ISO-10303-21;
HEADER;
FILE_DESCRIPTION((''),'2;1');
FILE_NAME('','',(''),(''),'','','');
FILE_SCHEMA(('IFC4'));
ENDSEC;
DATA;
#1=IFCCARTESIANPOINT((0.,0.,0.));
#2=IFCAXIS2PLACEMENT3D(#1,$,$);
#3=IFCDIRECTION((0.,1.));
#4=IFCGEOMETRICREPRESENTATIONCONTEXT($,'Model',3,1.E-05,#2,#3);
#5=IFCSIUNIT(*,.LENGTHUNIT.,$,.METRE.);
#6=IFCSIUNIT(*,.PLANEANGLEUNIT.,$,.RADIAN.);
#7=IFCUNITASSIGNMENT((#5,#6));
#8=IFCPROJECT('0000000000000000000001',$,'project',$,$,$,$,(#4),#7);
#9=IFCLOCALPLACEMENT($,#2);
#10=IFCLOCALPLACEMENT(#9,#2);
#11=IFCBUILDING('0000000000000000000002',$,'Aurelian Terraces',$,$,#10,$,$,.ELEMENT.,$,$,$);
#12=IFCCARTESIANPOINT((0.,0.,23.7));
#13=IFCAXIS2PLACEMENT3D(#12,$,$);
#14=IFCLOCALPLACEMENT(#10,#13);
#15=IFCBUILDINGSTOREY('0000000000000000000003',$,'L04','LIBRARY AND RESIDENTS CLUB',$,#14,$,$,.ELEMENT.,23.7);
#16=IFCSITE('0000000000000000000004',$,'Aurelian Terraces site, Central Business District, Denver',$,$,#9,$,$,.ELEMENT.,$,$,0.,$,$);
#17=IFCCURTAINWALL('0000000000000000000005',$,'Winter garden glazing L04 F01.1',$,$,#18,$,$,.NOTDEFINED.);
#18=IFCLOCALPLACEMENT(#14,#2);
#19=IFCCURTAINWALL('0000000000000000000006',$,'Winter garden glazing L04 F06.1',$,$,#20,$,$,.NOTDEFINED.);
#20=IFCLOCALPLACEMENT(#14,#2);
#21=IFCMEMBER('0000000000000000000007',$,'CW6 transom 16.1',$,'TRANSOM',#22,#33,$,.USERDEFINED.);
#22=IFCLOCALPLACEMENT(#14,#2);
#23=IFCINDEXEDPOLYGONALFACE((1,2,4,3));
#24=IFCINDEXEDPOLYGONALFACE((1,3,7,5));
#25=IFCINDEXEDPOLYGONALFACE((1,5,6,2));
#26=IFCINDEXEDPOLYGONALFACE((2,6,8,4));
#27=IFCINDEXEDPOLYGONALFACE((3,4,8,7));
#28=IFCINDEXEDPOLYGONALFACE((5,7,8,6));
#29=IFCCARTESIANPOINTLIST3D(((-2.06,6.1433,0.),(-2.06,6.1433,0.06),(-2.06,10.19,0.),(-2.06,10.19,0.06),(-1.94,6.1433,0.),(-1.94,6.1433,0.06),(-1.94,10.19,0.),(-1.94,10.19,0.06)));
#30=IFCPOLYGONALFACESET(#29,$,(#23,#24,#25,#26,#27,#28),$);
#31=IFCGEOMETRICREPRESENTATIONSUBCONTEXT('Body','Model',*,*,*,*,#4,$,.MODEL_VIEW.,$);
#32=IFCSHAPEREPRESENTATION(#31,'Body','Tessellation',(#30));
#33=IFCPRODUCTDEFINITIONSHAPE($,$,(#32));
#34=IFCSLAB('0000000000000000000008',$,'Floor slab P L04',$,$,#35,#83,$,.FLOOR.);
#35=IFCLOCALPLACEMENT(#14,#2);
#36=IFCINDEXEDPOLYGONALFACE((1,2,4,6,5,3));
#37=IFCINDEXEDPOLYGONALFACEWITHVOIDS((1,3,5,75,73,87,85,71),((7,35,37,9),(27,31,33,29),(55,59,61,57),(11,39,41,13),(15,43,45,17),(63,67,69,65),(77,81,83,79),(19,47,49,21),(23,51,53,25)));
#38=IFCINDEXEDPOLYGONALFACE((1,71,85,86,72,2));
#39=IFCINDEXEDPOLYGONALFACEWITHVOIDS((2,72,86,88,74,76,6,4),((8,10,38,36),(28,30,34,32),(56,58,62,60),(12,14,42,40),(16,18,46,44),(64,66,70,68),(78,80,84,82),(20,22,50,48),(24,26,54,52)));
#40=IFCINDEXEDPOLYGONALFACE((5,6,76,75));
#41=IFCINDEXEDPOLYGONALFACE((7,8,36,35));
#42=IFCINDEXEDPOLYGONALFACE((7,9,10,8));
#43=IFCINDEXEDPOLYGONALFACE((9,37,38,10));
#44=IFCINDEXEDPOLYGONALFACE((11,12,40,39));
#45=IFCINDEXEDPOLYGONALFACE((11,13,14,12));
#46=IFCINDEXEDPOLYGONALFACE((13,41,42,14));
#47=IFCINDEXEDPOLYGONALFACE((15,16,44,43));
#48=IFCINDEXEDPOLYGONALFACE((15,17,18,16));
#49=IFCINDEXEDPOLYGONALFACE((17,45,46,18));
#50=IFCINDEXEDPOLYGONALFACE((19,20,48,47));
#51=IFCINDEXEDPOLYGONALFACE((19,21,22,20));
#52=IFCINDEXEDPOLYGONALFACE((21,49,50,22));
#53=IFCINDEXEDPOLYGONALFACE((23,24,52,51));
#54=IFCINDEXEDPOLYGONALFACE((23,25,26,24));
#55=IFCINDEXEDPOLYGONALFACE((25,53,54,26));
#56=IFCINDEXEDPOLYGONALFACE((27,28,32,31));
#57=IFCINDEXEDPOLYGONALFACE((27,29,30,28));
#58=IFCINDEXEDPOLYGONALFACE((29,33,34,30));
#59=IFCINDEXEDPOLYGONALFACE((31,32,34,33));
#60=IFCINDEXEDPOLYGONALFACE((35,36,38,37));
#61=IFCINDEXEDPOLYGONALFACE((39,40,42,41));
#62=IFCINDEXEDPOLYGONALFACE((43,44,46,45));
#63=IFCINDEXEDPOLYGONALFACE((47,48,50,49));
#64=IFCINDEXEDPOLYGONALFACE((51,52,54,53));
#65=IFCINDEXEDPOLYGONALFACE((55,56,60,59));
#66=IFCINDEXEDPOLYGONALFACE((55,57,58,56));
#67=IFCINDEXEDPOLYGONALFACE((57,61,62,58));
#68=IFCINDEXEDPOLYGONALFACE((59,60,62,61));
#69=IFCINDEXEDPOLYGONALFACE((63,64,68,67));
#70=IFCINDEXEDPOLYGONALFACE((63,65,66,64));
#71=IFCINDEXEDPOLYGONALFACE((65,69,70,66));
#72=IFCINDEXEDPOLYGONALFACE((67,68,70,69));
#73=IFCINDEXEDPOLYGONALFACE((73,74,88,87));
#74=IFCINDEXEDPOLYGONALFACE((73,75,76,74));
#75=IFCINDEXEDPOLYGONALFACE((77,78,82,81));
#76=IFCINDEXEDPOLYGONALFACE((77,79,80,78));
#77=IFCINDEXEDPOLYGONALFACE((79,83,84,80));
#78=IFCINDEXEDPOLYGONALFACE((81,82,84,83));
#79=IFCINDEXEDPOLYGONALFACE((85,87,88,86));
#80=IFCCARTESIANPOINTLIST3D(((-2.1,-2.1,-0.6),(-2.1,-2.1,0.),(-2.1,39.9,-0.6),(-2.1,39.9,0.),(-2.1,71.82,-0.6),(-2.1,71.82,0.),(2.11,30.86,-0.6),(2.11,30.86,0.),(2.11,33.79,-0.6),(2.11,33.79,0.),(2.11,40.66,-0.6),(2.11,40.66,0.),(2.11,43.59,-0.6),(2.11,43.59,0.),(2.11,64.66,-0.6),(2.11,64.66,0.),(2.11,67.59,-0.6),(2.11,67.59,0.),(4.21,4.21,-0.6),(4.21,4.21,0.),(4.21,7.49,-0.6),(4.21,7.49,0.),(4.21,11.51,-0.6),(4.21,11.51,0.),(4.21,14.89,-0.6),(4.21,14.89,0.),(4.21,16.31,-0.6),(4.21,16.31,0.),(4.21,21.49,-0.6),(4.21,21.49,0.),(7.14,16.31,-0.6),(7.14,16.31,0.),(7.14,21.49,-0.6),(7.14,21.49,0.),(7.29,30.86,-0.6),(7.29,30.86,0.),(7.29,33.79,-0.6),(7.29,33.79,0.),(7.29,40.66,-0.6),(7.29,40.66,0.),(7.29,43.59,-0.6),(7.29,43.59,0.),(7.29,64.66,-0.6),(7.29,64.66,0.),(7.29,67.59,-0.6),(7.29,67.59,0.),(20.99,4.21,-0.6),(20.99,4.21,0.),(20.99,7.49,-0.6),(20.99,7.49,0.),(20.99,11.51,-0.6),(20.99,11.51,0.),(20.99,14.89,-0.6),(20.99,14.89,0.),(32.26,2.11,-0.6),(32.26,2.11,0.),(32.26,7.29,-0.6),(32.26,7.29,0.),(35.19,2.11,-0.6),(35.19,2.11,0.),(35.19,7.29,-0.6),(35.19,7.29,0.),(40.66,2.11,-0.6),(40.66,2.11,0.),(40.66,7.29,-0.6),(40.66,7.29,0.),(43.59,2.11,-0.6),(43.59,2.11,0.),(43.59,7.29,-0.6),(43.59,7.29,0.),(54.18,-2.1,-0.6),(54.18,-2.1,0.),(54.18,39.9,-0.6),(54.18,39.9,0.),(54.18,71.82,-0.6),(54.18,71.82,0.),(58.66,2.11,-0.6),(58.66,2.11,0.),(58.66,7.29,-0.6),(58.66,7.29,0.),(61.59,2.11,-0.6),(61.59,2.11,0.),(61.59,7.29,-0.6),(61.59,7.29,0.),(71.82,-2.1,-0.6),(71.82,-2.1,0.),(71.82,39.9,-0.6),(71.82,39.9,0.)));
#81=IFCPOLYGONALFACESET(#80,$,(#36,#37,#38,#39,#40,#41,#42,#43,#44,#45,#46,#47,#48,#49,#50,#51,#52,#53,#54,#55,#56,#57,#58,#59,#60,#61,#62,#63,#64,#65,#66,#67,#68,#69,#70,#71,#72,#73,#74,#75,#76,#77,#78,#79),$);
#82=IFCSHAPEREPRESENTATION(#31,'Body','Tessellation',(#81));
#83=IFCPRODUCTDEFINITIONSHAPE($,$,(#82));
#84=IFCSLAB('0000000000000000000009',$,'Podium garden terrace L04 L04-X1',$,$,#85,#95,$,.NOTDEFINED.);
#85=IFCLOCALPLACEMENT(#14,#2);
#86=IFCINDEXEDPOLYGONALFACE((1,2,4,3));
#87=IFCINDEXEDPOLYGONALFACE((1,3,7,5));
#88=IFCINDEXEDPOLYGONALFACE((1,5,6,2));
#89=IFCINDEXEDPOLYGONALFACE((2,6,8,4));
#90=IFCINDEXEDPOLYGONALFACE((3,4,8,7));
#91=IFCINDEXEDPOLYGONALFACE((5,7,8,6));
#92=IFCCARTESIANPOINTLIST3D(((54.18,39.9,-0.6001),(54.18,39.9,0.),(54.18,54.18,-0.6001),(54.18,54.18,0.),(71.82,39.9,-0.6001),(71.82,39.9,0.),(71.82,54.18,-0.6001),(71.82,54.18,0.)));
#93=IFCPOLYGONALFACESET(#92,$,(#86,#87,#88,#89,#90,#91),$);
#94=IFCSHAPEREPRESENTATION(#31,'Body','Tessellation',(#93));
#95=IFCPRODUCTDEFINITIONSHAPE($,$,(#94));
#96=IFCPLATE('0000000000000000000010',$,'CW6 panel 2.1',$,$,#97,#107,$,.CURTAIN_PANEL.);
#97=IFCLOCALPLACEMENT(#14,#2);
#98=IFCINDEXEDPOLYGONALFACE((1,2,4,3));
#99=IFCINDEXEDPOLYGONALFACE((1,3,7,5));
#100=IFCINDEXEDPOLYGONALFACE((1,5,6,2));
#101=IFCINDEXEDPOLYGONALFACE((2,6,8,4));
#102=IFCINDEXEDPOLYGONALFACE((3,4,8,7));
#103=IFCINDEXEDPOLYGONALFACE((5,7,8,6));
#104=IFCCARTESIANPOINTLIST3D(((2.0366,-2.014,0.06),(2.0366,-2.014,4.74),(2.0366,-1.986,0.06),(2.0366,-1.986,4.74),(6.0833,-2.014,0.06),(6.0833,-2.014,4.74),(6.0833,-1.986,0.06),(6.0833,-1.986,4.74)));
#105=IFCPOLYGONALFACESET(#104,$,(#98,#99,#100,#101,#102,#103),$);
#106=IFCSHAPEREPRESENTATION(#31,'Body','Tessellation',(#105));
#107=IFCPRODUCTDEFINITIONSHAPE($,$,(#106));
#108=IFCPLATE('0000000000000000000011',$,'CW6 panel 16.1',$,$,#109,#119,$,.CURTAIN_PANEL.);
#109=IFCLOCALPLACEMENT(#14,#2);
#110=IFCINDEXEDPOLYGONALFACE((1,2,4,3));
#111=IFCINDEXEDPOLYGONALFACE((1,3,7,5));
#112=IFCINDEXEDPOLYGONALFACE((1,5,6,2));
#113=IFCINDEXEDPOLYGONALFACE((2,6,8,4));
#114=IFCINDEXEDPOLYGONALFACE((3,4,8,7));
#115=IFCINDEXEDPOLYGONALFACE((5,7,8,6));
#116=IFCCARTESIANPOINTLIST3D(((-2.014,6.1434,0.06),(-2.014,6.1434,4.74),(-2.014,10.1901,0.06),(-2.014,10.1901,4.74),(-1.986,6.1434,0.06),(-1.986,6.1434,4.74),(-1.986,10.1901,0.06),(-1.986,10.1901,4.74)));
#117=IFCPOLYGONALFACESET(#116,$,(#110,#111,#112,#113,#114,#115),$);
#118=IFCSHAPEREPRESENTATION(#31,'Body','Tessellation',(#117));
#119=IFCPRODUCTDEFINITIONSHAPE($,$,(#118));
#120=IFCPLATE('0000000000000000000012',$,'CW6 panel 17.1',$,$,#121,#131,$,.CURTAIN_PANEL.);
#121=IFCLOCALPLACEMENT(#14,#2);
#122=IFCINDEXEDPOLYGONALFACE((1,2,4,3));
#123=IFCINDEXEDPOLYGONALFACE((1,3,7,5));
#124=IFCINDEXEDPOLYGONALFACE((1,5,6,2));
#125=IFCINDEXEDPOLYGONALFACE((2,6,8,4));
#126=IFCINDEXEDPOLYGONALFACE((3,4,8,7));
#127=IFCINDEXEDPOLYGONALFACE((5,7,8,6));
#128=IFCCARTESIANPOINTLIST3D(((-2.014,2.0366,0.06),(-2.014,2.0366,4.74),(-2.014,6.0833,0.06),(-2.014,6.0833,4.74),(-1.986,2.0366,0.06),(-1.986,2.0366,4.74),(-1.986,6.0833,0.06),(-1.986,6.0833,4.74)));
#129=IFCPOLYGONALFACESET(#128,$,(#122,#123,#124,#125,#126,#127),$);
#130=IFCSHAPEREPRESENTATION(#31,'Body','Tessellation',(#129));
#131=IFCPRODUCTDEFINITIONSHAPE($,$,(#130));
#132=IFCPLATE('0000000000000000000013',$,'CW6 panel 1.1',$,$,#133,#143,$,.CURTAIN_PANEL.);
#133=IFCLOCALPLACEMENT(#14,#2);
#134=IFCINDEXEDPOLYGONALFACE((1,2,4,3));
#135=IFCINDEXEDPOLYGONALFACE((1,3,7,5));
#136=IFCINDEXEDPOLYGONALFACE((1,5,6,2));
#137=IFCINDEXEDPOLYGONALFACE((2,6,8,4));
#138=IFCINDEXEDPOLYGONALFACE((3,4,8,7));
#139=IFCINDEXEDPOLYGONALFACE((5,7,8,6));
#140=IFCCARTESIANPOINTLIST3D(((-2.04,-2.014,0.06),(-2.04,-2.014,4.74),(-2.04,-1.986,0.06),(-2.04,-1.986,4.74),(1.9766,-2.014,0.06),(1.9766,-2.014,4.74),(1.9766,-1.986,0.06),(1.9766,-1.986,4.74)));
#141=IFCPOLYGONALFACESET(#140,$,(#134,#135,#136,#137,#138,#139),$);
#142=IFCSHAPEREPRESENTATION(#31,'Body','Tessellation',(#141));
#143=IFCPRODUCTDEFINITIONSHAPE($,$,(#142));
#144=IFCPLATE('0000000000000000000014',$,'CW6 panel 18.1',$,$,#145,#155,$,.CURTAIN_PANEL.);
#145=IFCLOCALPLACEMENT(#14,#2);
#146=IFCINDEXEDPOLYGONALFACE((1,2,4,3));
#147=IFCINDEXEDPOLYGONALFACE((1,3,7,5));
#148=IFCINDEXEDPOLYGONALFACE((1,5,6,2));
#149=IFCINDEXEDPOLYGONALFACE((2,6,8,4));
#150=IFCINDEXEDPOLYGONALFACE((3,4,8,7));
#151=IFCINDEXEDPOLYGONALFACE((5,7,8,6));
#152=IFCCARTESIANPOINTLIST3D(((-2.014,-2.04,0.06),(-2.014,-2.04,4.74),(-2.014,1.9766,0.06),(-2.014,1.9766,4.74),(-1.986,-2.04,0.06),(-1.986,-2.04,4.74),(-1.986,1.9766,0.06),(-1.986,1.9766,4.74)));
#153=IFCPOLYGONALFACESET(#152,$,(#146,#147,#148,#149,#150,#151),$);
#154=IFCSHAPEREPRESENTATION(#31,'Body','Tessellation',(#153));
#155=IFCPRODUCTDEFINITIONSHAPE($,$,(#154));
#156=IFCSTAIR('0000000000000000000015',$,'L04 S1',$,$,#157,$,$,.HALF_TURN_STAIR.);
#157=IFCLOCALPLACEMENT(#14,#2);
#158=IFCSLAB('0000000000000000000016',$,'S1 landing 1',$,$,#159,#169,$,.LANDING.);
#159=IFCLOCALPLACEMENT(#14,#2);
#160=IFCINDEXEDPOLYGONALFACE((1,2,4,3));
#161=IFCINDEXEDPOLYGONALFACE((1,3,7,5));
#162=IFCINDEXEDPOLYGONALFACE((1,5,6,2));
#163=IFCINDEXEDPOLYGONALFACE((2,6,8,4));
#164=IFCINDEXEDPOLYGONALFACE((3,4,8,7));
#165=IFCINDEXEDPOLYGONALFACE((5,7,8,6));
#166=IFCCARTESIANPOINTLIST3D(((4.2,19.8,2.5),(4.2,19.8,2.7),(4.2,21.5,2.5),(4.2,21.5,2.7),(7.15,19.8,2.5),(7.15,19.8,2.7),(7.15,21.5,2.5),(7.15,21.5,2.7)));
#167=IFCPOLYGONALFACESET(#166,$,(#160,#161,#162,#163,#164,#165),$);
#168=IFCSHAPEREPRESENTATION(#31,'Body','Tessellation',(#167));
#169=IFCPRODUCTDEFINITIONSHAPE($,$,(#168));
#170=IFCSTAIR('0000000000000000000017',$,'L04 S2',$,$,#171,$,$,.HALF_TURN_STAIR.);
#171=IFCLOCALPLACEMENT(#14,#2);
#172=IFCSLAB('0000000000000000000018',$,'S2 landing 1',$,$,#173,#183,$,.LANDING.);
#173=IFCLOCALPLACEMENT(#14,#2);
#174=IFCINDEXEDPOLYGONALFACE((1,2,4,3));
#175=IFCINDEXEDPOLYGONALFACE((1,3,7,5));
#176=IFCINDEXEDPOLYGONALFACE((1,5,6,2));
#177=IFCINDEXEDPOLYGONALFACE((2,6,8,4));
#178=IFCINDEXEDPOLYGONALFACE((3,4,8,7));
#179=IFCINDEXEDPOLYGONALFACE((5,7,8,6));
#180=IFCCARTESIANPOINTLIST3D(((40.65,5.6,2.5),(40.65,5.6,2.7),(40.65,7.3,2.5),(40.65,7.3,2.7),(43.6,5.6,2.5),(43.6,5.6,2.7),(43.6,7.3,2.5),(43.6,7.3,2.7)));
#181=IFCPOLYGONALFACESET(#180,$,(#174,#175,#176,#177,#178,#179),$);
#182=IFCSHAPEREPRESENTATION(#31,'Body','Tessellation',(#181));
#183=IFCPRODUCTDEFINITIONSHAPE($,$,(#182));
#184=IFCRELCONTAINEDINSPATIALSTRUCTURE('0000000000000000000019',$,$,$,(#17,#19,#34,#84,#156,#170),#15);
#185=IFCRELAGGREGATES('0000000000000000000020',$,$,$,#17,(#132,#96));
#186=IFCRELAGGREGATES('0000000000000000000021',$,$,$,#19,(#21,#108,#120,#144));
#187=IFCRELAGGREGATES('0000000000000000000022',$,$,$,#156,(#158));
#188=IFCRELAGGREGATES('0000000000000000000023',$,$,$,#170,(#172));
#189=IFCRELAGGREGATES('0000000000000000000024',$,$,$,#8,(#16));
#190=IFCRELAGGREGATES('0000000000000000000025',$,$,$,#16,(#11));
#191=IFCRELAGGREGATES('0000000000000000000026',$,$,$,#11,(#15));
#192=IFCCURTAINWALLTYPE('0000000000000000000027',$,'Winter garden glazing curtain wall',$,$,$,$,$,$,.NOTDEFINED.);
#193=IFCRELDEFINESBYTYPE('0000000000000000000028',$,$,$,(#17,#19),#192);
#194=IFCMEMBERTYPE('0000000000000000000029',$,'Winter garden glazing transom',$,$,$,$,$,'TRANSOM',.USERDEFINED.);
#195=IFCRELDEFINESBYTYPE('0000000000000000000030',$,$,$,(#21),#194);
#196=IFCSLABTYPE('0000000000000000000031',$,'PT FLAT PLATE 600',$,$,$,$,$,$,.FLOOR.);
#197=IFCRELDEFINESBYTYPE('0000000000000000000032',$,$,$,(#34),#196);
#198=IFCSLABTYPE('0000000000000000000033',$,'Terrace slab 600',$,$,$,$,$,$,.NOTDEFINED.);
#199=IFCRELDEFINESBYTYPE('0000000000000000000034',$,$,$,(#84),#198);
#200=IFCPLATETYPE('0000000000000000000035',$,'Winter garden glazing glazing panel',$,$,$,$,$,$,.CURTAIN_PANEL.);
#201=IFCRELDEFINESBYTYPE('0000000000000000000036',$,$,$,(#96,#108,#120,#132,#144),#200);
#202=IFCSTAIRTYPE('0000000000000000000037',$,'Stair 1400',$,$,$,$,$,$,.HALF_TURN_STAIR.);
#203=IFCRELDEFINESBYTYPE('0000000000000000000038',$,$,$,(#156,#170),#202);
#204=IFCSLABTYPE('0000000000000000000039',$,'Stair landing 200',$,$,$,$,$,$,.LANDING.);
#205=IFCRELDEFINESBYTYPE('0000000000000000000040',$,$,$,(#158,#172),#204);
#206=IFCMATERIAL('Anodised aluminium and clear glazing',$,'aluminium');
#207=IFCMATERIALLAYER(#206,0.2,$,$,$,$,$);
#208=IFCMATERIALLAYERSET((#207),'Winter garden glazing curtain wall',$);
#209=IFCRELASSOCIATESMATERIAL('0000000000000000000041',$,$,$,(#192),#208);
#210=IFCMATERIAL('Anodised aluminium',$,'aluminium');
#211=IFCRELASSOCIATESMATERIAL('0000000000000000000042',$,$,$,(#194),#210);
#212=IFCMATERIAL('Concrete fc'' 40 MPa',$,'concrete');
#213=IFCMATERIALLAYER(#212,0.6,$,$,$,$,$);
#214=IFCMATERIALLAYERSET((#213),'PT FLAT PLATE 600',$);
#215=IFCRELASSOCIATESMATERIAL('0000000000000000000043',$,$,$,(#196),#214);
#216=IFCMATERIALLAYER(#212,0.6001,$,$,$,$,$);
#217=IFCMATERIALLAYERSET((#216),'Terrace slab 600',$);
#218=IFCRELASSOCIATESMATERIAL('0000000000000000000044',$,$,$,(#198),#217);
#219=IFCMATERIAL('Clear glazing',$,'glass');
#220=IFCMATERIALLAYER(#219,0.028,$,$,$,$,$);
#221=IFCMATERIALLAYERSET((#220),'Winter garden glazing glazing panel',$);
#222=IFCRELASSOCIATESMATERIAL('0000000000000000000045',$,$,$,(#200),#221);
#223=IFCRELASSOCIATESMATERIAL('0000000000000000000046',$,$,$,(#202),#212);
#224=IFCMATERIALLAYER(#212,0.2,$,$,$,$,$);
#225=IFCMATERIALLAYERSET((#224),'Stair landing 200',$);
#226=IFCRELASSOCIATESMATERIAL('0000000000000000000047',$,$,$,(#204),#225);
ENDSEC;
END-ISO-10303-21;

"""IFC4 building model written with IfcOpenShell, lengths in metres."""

from ifc_helpers import new_model, si_unit, direction, frame, origin, origin_2d, place, context, subcontext, project, spatial, polyline, rectangle, outline, extrude, source, transform, mapped, material, layer, layer_set, material_profile, profile_set, type_object, element, aggregate, save


model = new_model("IFC4")

# Units and contexts
model_context = context("Model", 3, precision=1e-05, world=origin(), true_north=direction((0.0, 1.0)))
body_context = subcontext(model_context, "Body", "Model", "MODEL_VIEW")
ifc_project = project(units=[si_unit("LENGTHUNIT", "METRE"), si_unit("PLANEANGLEUNIT", "RADIAN")], contexts=[model_context])

# Site, building, storey
site_placement = place(None, origin())
site = spatial("IfcSite", under=ifc_project, at=site_placement, Name="Aurelian Terraces site, Central Business District, Denver", CompositionType="ELEMENT", RefElevation=0.0)
building_placement = place(site_placement, origin())
building = spatial("IfcBuilding", under=site, at=building_placement, Name="Aurelian Terraces", CompositionType="ELEMENT")
storey_placement = place(building_placement, frame((0.0, 0.0, 23.7)))
storey = spatial("IfcBuildingStorey", under=building, at=storey_placement, Name="L04", Description="LIBRARY AND RESIDENTS CLUB", CompositionType="ELEMENT", Elevation=23.7)

# Curtain walls
ifc_material_1 = material(Name="Anodised aluminium and clear glazing", Category="aluminium")
ifc_layer_1 = layer(ifc_material_1, 0.2)
ifc_layer_set_1 = layer_set([ifc_layer_1], Name="Winter garden glazing curtain wall")
curtain_wall_type = type_object("IfcCurtainWallType", Name="Winter garden glazing curtain wall", PredefinedType="NOTDEFINED", material=ifc_layer_set_1)
curtain_wall_1_placement = place(storey_placement, origin())
curtain_wall_1 = element("IfcCurtainWall", 1, at=curtain_wall_1_placement, inside=storey, type_object=curtain_wall_type, Name="Winter garden glazing L04 F01.1", PredefinedType="NOTDEFINED")
ifc_material_2 = material(Name="Anodised aluminium", Category="aluminium")
curtain_wall_2_placement = place(storey_placement, origin())
curtain_wall_2 = element("IfcCurtainWall", 2, at=curtain_wall_2_placement, inside=storey, type_object=curtain_wall_type, Name="Winter garden glazing L04 F06.1", PredefinedType="NOTDEFINED")

# Member
ifc_material_profile_1 = material_profile(ifc_material_2, rectangle(XDim=0.12, YDim=0.06, at=origin_2d()))
ifc_profile_set_1 = profile_set([ifc_material_profile_1], Name="Anodised aluminium")
member_type_1 = type_object("IfcMemberType", Name="Winter garden glazing transom", ElementType="TRANSOM", PredefinedType="USERDEFINED", material=ifc_profile_set_1)
shared_shape_1 = source(origin(), body_context, "Body", "SweptSolid", [
    extrude(rectangle(XDim=0.12, YDim=0.06, at=origin_2d()), origin(), (0.0, 0.0, 1.0), 4.0467),
])
member_1_placement = place(storey_placement, frame((-2.0, 10.19, 0.03), z_axis=(0.0, -1.0, 0.0), x_axis=(1.0, 0.0, 0.0)))
member_1 = element("IfcMember", 3, at=member_1_placement, type_object=member_type_1, Name="CW6 transom 16.1", ObjectType="TRANSOM", PredefinedType="USERDEFINED", context=body_context, shape_type="MappedRepresentation", body=[
    mapped(shared_shape_1, transform((0.0, 0.0, 0.0), scale=1.0)),
])

# Slabs
ifc_material_3 = material(Name="Concrete fc' 40 MPa", Category="concrete")
ifc_layer_2 = layer(ifc_material_3, 0.6)
ifc_layer_set_2 = layer_set([ifc_layer_2], Name="PT FLAT PLATE 600")
slab_type_1 = type_object("IfcSlabType", Name="PT FLAT PLATE 600", PredefinedType="FLOOR", material=ifc_layer_set_2)
slab_1_placement = place(storey_placement, frame((0.0, 0.0, -0.6)))
element("IfcSlab", 4, at=slab_1_placement, inside=storey, type_object=slab_type_1, Name="Floor slab P L04", PredefinedType="FLOOR", context=body_context, shape_type="SweptSolid", body=[
    extrude(outline(polyline([(71.82, -2.1), (54.18, -2.1), (-2.1, -2.1), (-2.1, 39.9), (-2.1, 71.82), (54.18, 71.82), (54.18, 39.9), (71.82, 39.9), (71.82, -2.1)]), holes=[polyline([(58.66, 7.29), (58.66, 2.11), (61.59, 2.11), (61.59, 7.29), (58.66, 7.29)]), polyline([(40.66, 7.29), (40.66, 2.11), (43.59, 2.11), (43.59, 7.29), (40.66, 7.29)]), polyline([(32.26, 7.29), (32.26, 2.11), (35.19, 2.11), (35.19, 7.29), (32.26, 7.29)]), polyline([(4.21, 7.49), (4.21, 4.21), (20.99, 4.21), (20.99, 7.49), (4.21, 7.49)]), polyline([(4.21, 14.89), (4.21, 11.51), (20.99, 11.51), (20.99, 14.89), (4.21, 14.89)]), polyline([(7.29, 40.66), (7.29, 43.59), (2.11, 43.59), (2.11, 40.66), (7.29, 40.66)]), polyline([(7.29, 64.66), (7.29, 67.59), (2.11, 67.59), (2.11, 64.66), (7.29, 64.66)]), polyline([(7.29, 33.79), (2.11, 33.79), (2.11, 30.86), (7.29, 30.86), (7.29, 33.79)]), polyline([(4.21, 21.49), (4.21, 16.31), (7.14, 16.31), (7.14, 21.49), (4.21, 21.49)])]), origin(), (0.0, 0.0, 1.0), 0.6),
])
ifc_layer_3 = layer(ifc_material_3, 0.6001)
ifc_layer_set_3 = layer_set([ifc_layer_3], Name="Terrace slab 600")
slab_type_2 = type_object("IfcSlabType", Name="Terrace slab 600", PredefinedType="NOTDEFINED", material=ifc_layer_set_3)
slab_2_placement = place(storey_placement, frame((0.0, 0.0, -0.6001)))
element("IfcSlab", 5, at=slab_2_placement, inside=storey, type_object=slab_type_2, Name="Podium garden terrace L04 L04-X1", PredefinedType="NOTDEFINED", context=body_context, shape_type="SweptSolid", body=[
    extrude(outline(polyline([(71.82, 39.9), (54.18, 39.9), (54.18, 54.18), (71.82, 54.18), (71.82, 39.9)])), origin(), (0.0, 0.0, 1.0), 0.6001),
])

# Plates
ifc_material_4 = material(Name="Clear glazing", Category="glass")
ifc_layer_4 = layer(ifc_material_4, 0.028)
ifc_layer_set_4 = layer_set([ifc_layer_4], Name="Winter garden glazing glazing panel")
plate_type = type_object("IfcPlateType", Name="Winter garden glazing glazing panel", PredefinedType="CURTAIN_PANEL", material=ifc_layer_set_4)
shared_shape_2 = source(origin(), body_context, "Body", "SweptSolid", [
    extrude(rectangle(XDim=4.0467, YDim=0.028, at=origin_2d()), origin(), (0.0, 0.0, 1.0), 4.68),
])
plate_1_placement = place(storey_placement, frame((4.06, -2.0, 0.06), z_axis=(0.0, 0.0, 1.0), x_axis=(1.0, 0.0, 0.0)))
plate_1 = element("IfcPlate", 6, at=plate_1_placement, type_object=plate_type, Name="CW6 panel 2.1", PredefinedType="CURTAIN_PANEL", context=body_context, shape_type="MappedRepresentation", body=[
    mapped(shared_shape_2, transform((0.0, 0.0, 0.0), scale=1.0)),
])
plate_2_placement = place(storey_placement, frame((-2.0, 8.1667, 0.06), z_axis=(0.0, 0.0, 1.0), x_axis=(0.0, -1.0, 0.0)))
plate_2 = element("IfcPlate", 7, at=plate_2_placement, type_object=plate_type, Name="CW6 panel 16.1", PredefinedType="CURTAIN_PANEL", context=body_context, shape_type="MappedRepresentation", body=[
    mapped(shared_shape_2, transform((0.0, 0.0, 0.0), scale=1.0)),
])
plate_3_placement = place(storey_placement, frame((-2.0, 4.06, 0.06), z_axis=(0.0, 0.0, 1.0), x_axis=(0.0, -1.0, 0.0)))
plate_3 = element("IfcPlate", 8, at=plate_3_placement, type_object=plate_type, Name="CW6 panel 17.1", PredefinedType="CURTAIN_PANEL", context=body_context, shape_type="MappedRepresentation", body=[
    mapped(shared_shape_2, transform((0.0, 0.0, 0.0), scale=1.0)),
])
shared_shape_3 = source(origin(), body_context, "Body", "SweptSolid", [
    extrude(rectangle(XDim=4.0167, YDim=0.028, at=origin_2d()), origin(), (0.0, 0.0, 1.0), 4.68),
])
plate_4_placement = place(storey_placement, frame((-0.0317, -2.0, 0.06), z_axis=(0.0, 0.0, 1.0), x_axis=(1.0, 0.0, 0.0)))
plate_4 = element("IfcPlate", 9, at=plate_4_placement, type_object=plate_type, Name="CW6 panel 1.1", PredefinedType="CURTAIN_PANEL", context=body_context, shape_type="MappedRepresentation", body=[
    mapped(shared_shape_3, transform((0.0, 0.0, 0.0), scale=1.0)),
])
aggregate(curtain_wall_1, [plate_4, plate_1])
plate_5_placement = place(storey_placement, frame((-2.0, -0.0317, 0.06), z_axis=(0.0, 0.0, 1.0), x_axis=(0.0, -1.0, 0.0)))
plate_5 = element("IfcPlate", 10, at=plate_5_placement, type_object=plate_type, Name="CW6 panel 18.1", PredefinedType="CURTAIN_PANEL", context=body_context, shape_type="MappedRepresentation", body=[
    mapped(shared_shape_3, transform((0.0, 0.0, 0.0), scale=1.0)),
])
aggregate(curtain_wall_2, [member_1, plate_2, plate_3, plate_5])

# Stairs, slabs
stair_type = type_object("IfcStairType", Name="Stair 1400", PredefinedType="HALF_TURN_STAIR", material=ifc_material_3)
stair_1_placement = place(storey_placement, origin())
stair_1 = element("IfcStair", 11, at=stair_1_placement, inside=storey, type_object=stair_type, Name="L04 S1", PredefinedType="HALF_TURN_STAIR")
ifc_layer_5 = layer(ifc_material_3, 0.2)
ifc_layer_set_5 = layer_set([ifc_layer_5], Name="Stair landing 200")
slab_type_3 = type_object("IfcSlabType", Name="Stair landing 200", PredefinedType="LANDING", material=ifc_layer_set_5)
shared_shape_4 = source(origin(), body_context, "Body", "SweptSolid", [
    extrude(outline(polyline([(7.15, 19.8), (7.15, 21.5), (4.2, 21.5), (4.2, 19.8), (7.15, 19.8)])), origin(), (0.0, 0.0, 1.0), 0.2),
])
slab_3_placement = place(storey_placement, frame((0.0, 0.0, 2.5)))
slab_3 = element("IfcSlab", 12, at=slab_3_placement, type_object=slab_type_3, Name="S1 landing 1", PredefinedType="LANDING", context=body_context, shape_type="MappedRepresentation", body=[
    mapped(shared_shape_4, transform((0.0, 0.0, 0.0), scale=1.0)),
])
aggregate(stair_1, [slab_3])
stair_2_placement = place(storey_placement, origin())
stair_2 = element("IfcStair", 13, at=stair_2_placement, inside=storey, type_object=stair_type, Name="L04 S2", PredefinedType="HALF_TURN_STAIR")
shared_shape_5 = source(origin(), body_context, "Body", "SweptSolid", [
    extrude(outline(polyline([(43.6, 5.6), (43.6, 7.3), (40.65, 7.3), (40.65, 5.6), (43.6, 5.6)])), origin(), (0.0, 0.0, 1.0), 0.2),
])
slab_4_placement = place(storey_placement, frame((0.0, 0.0, 2.5)))
slab_4 = element("IfcSlab", 14, at=slab_4_placement, type_object=slab_type_3, Name="S2 landing 1", PredefinedType="LANDING", context=body_context, shape_type="MappedRepresentation", body=[
    mapped(shared_shape_5, transform((0.0, 0.0, 0.0), scale=1.0)),
])
aggregate(stair_2, [slab_4])

save(model, "model.ifc")
